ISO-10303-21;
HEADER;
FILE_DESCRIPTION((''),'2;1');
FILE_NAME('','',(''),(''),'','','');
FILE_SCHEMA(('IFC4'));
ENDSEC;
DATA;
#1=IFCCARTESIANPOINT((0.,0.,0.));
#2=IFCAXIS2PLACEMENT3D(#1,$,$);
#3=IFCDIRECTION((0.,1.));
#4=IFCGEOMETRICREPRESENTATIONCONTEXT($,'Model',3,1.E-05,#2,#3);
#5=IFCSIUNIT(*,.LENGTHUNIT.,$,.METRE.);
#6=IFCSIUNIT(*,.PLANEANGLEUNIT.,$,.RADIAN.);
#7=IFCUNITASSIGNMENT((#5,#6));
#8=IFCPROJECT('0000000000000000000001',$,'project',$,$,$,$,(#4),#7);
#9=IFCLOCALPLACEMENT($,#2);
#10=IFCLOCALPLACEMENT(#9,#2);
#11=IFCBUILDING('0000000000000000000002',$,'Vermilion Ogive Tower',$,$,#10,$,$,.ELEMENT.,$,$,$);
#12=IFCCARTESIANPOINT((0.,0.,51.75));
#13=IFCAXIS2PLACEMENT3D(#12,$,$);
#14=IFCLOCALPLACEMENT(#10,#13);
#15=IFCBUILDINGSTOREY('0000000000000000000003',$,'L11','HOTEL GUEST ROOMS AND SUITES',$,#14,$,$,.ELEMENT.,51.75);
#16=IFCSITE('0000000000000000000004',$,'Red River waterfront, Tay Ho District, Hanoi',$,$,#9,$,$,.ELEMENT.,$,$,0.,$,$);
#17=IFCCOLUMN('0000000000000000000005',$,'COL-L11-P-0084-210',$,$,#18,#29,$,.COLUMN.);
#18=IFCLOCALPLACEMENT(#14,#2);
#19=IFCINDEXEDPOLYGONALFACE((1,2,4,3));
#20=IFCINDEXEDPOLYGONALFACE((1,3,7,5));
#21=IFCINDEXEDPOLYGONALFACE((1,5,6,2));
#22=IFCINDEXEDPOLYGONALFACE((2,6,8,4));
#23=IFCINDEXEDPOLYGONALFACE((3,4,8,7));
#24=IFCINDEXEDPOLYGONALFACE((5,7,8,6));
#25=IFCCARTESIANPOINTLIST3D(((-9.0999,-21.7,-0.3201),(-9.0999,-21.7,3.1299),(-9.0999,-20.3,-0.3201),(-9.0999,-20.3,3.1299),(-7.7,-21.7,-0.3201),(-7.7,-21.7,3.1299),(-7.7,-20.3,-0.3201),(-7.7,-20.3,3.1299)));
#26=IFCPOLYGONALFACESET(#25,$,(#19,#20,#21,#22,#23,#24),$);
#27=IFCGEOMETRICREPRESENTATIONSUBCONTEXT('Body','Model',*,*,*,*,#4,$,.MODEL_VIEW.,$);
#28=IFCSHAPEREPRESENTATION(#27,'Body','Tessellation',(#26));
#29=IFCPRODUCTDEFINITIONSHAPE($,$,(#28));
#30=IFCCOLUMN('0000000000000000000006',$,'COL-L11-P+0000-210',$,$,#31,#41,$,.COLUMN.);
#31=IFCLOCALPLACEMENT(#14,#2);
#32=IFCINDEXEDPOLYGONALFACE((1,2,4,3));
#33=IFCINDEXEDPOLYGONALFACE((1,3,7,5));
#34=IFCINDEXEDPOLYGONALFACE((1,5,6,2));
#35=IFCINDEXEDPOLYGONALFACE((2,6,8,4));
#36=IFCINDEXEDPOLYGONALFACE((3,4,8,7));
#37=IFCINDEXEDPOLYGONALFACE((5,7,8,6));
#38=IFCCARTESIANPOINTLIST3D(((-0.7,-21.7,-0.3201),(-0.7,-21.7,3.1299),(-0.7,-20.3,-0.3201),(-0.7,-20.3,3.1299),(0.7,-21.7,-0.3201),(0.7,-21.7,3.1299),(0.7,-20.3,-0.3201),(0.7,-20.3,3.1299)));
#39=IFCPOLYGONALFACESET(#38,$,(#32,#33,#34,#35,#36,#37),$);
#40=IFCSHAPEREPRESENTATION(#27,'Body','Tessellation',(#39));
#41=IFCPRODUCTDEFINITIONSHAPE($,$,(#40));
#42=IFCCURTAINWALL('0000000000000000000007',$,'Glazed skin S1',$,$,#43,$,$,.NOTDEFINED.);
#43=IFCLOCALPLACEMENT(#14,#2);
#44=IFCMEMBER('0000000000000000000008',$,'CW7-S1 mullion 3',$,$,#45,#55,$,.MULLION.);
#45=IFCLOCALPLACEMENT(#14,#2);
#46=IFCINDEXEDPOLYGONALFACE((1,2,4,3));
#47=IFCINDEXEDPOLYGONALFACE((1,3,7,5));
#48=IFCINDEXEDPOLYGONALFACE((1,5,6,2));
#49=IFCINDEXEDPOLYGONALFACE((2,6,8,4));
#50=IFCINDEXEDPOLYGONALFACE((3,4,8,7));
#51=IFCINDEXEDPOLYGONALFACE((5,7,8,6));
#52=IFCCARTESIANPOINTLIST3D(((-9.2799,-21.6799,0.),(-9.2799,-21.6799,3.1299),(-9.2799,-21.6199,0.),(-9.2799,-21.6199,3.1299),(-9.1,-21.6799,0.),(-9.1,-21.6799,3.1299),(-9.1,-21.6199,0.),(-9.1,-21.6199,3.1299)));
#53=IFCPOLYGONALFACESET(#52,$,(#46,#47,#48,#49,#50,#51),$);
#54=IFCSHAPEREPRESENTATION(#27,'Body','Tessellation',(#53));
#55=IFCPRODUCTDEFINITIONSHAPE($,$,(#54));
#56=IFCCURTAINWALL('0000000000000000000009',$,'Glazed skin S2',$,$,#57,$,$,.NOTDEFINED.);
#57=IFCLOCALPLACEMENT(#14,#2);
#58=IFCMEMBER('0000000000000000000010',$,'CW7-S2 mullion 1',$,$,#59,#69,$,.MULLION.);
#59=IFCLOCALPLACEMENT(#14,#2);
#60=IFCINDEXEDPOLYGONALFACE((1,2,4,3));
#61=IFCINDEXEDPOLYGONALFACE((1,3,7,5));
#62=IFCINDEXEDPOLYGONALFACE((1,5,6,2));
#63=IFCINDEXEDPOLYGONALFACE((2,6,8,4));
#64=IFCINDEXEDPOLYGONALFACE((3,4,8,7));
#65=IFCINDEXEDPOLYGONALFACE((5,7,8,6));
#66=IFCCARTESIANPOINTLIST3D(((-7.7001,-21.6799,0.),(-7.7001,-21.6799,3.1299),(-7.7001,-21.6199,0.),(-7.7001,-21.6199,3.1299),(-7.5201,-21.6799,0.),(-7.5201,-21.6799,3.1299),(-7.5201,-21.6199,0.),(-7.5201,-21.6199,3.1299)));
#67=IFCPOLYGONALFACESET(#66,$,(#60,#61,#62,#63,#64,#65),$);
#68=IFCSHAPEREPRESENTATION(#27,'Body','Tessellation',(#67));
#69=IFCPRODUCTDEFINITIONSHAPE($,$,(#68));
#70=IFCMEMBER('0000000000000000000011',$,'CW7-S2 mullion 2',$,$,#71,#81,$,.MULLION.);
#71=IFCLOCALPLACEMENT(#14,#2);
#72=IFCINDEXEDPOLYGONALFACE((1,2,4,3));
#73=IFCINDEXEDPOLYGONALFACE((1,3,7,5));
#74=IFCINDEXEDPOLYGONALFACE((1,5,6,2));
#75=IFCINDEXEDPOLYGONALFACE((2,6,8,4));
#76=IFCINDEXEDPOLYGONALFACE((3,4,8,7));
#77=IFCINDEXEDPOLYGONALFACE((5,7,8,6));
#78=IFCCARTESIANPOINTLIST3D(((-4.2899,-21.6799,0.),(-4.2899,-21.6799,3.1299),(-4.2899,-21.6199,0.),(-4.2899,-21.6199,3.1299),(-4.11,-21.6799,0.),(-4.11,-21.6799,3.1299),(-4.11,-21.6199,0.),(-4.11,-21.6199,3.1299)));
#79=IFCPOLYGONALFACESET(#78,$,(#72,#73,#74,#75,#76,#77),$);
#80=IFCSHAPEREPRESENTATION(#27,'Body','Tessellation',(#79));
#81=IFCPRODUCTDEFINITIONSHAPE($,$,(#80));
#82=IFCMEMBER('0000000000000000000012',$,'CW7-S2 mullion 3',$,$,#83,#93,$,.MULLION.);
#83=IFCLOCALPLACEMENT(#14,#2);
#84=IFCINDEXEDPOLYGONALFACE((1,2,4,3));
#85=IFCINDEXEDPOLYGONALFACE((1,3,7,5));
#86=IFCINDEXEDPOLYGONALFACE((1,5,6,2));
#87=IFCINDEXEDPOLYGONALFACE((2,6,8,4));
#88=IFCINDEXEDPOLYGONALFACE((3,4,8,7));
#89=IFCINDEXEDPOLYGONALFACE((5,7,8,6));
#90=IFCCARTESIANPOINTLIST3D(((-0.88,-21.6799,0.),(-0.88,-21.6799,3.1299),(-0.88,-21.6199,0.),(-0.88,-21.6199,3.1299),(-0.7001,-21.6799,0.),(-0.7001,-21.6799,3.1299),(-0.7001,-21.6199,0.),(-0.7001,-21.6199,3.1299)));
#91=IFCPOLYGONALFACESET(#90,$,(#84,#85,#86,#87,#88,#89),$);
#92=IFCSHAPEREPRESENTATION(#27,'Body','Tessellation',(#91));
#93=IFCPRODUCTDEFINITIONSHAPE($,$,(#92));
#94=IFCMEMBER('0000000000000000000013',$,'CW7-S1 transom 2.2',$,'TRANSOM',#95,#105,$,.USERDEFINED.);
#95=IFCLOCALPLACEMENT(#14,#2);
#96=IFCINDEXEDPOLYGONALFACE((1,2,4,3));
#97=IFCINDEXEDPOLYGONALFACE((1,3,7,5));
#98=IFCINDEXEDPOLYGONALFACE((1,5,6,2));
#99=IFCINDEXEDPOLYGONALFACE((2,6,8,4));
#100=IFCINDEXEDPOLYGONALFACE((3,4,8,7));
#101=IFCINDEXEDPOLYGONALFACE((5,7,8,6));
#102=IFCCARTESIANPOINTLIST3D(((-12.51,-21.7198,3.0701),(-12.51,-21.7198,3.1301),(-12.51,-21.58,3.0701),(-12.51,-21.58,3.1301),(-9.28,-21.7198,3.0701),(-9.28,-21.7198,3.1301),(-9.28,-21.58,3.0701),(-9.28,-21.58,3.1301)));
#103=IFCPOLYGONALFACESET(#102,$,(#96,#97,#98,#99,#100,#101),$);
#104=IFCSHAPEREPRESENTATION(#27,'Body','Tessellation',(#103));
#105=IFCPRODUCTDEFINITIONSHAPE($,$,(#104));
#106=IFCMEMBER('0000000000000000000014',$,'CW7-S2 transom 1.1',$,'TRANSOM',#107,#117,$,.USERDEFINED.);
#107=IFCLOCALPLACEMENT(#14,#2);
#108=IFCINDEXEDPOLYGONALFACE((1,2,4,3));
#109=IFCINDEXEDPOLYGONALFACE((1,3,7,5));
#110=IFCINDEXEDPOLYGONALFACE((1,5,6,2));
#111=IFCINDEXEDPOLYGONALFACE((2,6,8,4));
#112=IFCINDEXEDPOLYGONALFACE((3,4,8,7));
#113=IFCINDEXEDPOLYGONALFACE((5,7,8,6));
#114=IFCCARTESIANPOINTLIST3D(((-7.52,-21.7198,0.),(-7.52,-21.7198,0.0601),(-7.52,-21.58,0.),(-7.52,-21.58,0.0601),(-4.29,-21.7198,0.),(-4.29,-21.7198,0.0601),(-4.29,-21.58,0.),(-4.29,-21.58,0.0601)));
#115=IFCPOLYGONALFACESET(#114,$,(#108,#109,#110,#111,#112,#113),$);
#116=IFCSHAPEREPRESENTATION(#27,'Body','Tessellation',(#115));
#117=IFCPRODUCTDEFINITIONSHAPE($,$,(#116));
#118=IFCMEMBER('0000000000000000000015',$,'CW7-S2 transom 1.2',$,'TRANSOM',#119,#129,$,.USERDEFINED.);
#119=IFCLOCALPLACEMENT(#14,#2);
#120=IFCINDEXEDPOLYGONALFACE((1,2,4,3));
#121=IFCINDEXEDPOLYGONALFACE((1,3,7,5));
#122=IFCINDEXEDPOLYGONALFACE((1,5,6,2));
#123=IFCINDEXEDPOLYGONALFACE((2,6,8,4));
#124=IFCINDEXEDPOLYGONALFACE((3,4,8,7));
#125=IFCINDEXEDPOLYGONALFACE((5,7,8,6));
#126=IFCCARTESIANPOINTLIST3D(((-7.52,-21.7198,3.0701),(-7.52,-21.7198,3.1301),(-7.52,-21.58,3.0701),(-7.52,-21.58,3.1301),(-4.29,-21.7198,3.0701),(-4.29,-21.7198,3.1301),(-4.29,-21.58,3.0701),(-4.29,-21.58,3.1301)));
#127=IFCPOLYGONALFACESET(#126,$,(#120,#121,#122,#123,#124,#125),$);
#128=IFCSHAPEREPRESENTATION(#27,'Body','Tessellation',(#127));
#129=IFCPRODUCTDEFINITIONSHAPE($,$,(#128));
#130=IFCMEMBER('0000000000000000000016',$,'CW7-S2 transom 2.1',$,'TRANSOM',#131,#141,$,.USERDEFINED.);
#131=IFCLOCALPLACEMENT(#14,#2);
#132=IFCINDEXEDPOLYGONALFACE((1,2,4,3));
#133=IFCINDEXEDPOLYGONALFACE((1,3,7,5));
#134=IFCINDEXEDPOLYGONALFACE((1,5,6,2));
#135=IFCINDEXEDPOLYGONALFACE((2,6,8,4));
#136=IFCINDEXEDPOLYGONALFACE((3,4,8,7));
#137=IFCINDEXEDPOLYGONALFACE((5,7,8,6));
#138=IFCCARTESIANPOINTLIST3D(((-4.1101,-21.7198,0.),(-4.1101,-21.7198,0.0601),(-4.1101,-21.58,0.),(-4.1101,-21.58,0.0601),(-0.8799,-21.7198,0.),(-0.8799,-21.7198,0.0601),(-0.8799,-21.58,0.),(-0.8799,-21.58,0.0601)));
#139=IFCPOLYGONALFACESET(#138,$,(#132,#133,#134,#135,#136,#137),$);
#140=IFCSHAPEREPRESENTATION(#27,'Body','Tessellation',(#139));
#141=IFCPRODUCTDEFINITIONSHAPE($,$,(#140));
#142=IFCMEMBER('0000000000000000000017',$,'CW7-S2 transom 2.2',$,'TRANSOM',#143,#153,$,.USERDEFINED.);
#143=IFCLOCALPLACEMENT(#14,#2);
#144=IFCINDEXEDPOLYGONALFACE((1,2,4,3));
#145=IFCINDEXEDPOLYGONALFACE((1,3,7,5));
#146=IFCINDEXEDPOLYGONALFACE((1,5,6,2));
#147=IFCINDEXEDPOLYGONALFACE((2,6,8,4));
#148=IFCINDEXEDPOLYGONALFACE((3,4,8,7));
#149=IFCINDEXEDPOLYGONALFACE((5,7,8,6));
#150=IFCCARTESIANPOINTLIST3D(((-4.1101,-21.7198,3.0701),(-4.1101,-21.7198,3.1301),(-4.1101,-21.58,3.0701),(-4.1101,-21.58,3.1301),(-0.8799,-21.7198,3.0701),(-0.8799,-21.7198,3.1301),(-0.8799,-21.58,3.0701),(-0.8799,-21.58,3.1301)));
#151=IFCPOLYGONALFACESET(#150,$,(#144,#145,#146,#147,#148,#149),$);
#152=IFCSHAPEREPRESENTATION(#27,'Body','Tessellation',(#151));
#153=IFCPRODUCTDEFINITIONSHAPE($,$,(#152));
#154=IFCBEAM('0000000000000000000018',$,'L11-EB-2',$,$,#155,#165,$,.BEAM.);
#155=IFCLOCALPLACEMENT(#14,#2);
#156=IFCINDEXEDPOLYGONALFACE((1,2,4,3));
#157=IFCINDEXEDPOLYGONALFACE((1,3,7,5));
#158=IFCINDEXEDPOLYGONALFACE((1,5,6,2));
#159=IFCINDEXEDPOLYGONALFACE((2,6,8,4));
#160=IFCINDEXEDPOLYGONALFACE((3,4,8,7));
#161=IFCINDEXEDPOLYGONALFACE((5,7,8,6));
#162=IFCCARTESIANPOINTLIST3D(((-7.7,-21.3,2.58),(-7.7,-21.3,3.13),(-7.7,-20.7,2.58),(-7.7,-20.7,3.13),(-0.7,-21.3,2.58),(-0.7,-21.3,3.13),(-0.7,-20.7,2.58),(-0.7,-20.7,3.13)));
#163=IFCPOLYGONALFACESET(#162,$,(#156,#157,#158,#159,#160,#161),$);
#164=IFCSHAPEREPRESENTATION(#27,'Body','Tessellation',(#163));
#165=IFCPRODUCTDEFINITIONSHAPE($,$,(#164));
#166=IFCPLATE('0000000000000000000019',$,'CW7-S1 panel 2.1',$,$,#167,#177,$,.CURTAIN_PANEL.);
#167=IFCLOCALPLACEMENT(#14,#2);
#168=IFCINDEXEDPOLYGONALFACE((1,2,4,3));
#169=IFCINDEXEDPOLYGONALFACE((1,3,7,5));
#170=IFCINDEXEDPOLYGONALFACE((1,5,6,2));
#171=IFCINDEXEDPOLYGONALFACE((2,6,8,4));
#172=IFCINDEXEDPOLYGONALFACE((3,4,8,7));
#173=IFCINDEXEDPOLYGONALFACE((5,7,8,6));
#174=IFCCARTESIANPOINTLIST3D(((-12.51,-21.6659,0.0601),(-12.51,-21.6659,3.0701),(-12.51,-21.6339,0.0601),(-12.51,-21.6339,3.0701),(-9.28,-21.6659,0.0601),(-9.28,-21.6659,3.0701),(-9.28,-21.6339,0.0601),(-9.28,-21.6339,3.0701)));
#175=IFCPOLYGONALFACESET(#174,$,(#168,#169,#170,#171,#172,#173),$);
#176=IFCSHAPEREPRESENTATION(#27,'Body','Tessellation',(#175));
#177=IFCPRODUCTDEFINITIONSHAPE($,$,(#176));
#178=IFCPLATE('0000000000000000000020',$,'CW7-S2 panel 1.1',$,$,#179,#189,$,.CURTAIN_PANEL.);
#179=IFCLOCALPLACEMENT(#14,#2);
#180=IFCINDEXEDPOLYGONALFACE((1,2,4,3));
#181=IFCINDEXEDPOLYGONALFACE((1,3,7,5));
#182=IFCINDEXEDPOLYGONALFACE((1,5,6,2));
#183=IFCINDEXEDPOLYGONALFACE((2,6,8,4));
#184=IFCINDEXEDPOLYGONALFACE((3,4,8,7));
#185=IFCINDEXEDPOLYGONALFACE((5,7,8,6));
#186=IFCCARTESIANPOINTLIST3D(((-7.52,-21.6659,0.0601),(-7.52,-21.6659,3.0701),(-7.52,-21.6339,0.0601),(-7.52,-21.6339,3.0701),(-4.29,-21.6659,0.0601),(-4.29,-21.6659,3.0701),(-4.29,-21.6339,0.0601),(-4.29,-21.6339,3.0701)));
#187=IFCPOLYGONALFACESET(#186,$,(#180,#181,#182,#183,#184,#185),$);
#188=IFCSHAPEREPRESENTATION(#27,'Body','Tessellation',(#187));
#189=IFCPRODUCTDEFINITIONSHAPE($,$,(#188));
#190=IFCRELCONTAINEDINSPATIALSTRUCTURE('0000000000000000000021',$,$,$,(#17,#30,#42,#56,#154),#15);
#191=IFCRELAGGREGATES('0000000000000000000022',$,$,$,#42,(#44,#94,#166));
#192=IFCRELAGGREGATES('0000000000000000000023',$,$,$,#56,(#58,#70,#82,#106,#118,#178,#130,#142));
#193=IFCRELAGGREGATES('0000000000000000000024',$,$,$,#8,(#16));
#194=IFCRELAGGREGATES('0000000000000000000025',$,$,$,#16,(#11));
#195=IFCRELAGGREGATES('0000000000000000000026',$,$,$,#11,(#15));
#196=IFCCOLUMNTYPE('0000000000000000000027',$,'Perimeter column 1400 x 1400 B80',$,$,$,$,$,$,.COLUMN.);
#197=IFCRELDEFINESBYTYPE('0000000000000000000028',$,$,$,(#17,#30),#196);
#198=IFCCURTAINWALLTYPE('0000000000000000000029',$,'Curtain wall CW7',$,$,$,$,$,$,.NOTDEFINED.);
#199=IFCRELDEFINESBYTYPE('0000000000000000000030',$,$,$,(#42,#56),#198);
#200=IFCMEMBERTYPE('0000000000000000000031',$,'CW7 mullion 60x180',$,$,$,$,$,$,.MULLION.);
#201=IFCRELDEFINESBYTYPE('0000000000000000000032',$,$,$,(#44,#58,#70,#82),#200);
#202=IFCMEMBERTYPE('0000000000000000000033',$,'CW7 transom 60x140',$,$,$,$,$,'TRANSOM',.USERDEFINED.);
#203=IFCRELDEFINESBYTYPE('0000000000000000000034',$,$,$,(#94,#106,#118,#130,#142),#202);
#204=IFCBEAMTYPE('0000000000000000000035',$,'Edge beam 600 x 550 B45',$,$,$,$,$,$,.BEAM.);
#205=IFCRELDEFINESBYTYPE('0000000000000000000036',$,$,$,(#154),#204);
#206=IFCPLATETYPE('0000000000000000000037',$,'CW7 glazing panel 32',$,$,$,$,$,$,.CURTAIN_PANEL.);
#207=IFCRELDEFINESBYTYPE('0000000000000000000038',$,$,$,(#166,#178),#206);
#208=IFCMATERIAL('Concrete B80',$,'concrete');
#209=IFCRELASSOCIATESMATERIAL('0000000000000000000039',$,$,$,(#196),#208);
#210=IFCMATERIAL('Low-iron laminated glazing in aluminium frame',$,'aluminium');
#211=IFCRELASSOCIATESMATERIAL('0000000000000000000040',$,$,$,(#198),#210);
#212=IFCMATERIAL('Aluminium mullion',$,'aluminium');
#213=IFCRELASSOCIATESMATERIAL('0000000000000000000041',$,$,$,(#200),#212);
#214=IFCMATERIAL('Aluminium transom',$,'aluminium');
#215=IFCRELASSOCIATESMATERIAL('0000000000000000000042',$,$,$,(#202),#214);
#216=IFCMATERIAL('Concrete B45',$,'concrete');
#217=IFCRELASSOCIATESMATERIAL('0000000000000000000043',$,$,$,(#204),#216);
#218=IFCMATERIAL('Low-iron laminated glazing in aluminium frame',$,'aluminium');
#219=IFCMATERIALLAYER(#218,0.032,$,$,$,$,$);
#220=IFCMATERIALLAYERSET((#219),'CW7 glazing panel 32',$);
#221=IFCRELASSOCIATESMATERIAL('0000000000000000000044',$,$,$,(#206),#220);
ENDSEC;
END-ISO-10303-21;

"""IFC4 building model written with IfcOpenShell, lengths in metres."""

from ifc_helpers import new_model, si_unit, direction, frame, origin, origin_2d, place, context, subcontext, project, spatial, rectangle, extrude, material, layer, layer_set, material_profile, profile_set, type_object, element, aggregate, save


model = new_model("IFC4")

# Units and contexts
model_context = context("Model", 3, precision=1e-05, world=origin(), true_north=direction((0.0, 1.0)))
body_context = subcontext(model_context, "Body", "Model", "MODEL_VIEW")
ifc_project = project(units=[si_unit("LENGTHUNIT", "METRE"), si_unit("PLANEANGLEUNIT", "RADIAN")], contexts=[model_context])

# Site, building, storey
site_placement = place(None, origin())
site = spatial("IfcSite", under=ifc_project, at=site_placement, Name="Red River waterfront, Tay Ho District, Hanoi", CompositionType="ELEMENT", RefElevation=0.0)
building_placement = place(site_placement, origin())
building = spatial("IfcBuilding", under=site, at=building_placement, Name="Vermilion Ogive Tower", CompositionType="ELEMENT")
storey_placement = place(building_placement, frame((0.0, 0.0, 51.75)))
storey = spatial("IfcBuildingStorey", under=building, at=storey_placement, Name="L11", Description="HOTEL GUEST ROOMS AND SUITES", CompositionType="ELEMENT", Elevation=51.75)

# Columns
ifc_material_1 = material(Name="Concrete B80", Category="concrete")
ifc_material_profile_1 = material_profile(ifc_material_1, rectangle(XDim=1.3999, YDim=1.3999, at=origin_2d()), Name="1400 x 1400")
ifc_profile_set_1 = profile_set([ifc_material_profile_1], Name="Concrete B80")
column_type = type_object("IfcColumnType", Name="Perimeter column 1400 x 1400 B80", PredefinedType="COLUMN", material=ifc_profile_set_1)
for number, where, z_axis, x_axis, name in (
    (1, (-8.3999, -21.0, -0.3201), (0.0, 0.0, 1.0), (1.0, 0.0, 0.0), "COL-L11-P-0084-210"),
    (2, (0.0, -21.0, -0.3201), (0.0, 0.0, 1.0), (1.0, 0.0, 0.0), "COL-L11-P+0000-210"),
):
    element("IfcColumn", number, at=place(storey_placement, frame(where, z_axis=z_axis, x_axis=x_axis)), inside=storey, type_object=column_type, Name=name, PredefinedType="COLUMN", context=body_context, shape_type="SweptSolid", body=[
        extrude(rectangle(XDim=1.3999, YDim=1.3999, at=origin_2d()), origin(), (0.0, 0.0, 1.0), 3.45),
    ])

# Curtain wall, member
ifc_material_2 = material(Name="Low-iron laminated glazing in aluminium frame", Category="aluminium")
curtain_wall_type = type_object("IfcCurtainWallType", Name="Curtain wall CW7", PredefinedType="NOTDEFINED", material=ifc_material_2)
curtain_wall_1_placement = place(storey_placement, origin())
curtain_wall_1 = element("IfcCurtainWall", 3, at=curtain_wall_1_placement, inside=storey, type_object=curtain_wall_type, Name="Glazed skin S1", PredefinedType="NOTDEFINED")
ifc_material_3 = material(Name="Aluminium mullion", Category="aluminium")
ifc_material_profile_2 = material_profile(ifc_material_3, rectangle(XDim=0.0601, YDim=0.1799, at=origin_2d()), Name="AL 60x180")
ifc_profile_set_2 = profile_set([ifc_material_profile_2], Name="Aluminium mullion")
member_type_1 = type_object("IfcMemberType", Name="CW7 mullion 60x180", PredefinedType="MULLION", material=ifc_profile_set_2)
member_1_placement = place(storey_placement, frame((-9.1899, -21.6499, 0.0), z_axis=(0.0, 0.0, 1.0), x_axis=(0.0, 1.0, 0.0)))
member_1 = element("IfcMember", 4, at=member_1_placement, type_object=member_type_1, Name="CW7-S1 mullion 3", PredefinedType="MULLION", context=body_context, shape_type="SweptSolid", body=[
    extrude(rectangle(XDim=0.0601, YDim=0.1799, at=origin_2d()), origin(), (0.0, 0.0, 1.0), 3.1299),
])

# Curtain wall, members
curtain_wall_2_placement = place(storey_placement, origin())
curtain_wall_2 = element("IfcCurtainWall", 5, at=curtain_wall_2_placement, inside=storey, type_object=curtain_wall_type, Name="Glazed skin S2", PredefinedType="NOTDEFINED")
member_2_placement = place(storey_placement, frame((-7.6101, -21.6499, 0.0), z_axis=(0.0, 0.0, 1.0), x_axis=(0.0, 1.0, 0.0)))
member_2 = element("IfcMember", 6, at=member_2_placement, type_object=member_type_1, Name="CW7-S2 mullion 1", PredefinedType="MULLION", context=body_context, shape_type="SweptSolid", body=[
    extrude(rectangle(XDim=0.0601, YDim=0.1799, at=origin_2d()), origin(), (0.0, 0.0, 1.0), 3.1299),
])
member_3_placement = place(storey_placement, frame((-4.2, -21.6499, 0.0), z_axis=(0.0, 0.0, 1.0), x_axis=(0.0, 1.0, 0.0)))
member_3 = element("IfcMember", 7, at=member_3_placement, type_object=member_type_1, Name="CW7-S2 mullion 2", PredefinedType="MULLION", context=body_context, shape_type="SweptSolid", body=[
    extrude(rectangle(XDim=0.0601, YDim=0.1799, at=origin_2d()), origin(), (0.0, 0.0, 1.0), 3.1299),
])
member_4_placement = place(storey_placement, frame((-0.79, -21.6499, 0.0), z_axis=(0.0, 0.0, 1.0), x_axis=(0.0, 1.0, 0.0)))
member_4 = element("IfcMember", 8, at=member_4_placement, type_object=member_type_1, Name="CW7-S2 mullion 3", PredefinedType="MULLION", context=body_context, shape_type="SweptSolid", body=[
    extrude(rectangle(XDim=0.0601, YDim=0.1799, at=origin_2d()), origin(), (0.0, 0.0, 1.0), 3.1299),
])

# Members
ifc_material_4 = material(Name="Aluminium transom", Category="aluminium")
ifc_material_profile_3 = material_profile(ifc_material_4, rectangle(XDim=0.1399, YDim=0.0601, at=origin_2d()), Name="AL 60x140")
ifc_profile_set_3 = profile_set([ifc_material_profile_3], Name="Aluminium transom")
member_type_2 = type_object("IfcMemberType", Name="CW7 transom 60x140", ElementType="TRANSOM", PredefinedType="USERDEFINED", material=ifc_profile_set_3)
member_5_placement = place(storey_placement, frame((-12.51, -21.6499, 3.1001), z_axis=(1.0, 0.0, 0.0), x_axis=(0.0, 1.0, 0.0)))
member_5 = element("IfcMember", 9, at=member_5_placement, type_object=member_type_2, Name="CW7-S1 transom 2.2", ObjectType="TRANSOM", PredefinedType="USERDEFINED", context=body_context, shape_type="SweptSolid", body=[
    extrude(rectangle(XDim=0.1399, YDim=0.0601, at=origin_2d()), origin(), (0.0, 0.0, 1.0), 3.23),
])
member_6_placement = place(storey_placement, frame((-7.52, -21.6499, 0.03), z_axis=(1.0, 0.0, 0.0), x_axis=(0.0, 1.0, 0.0)))
member_6 = element("IfcMember", 10, at=member_6_placement, type_object=member_type_2, Name="CW7-S2 transom 1.1", ObjectType="TRANSOM", PredefinedType="USERDEFINED", context=body_context, shape_type="SweptSolid", body=[
    extrude(rectangle(XDim=0.1399, YDim=0.0601, at=origin_2d()), origin(), (0.0, 0.0, 1.0), 3.23),
])
member_7_placement = place(storey_placement, frame((-7.52, -21.6499, 3.1001), z_axis=(1.0, 0.0, 0.0), x_axis=(0.0, 1.0, 0.0)))
member_7 = element("IfcMember", 11, at=member_7_placement, type_object=member_type_2, Name="CW7-S2 transom 1.2", ObjectType="TRANSOM", PredefinedType="USERDEFINED", context=body_context, shape_type="SweptSolid", body=[
    extrude(rectangle(XDim=0.1399, YDim=0.0601, at=origin_2d()), origin(), (0.0, 0.0, 1.0), 3.23),
])
member_8_placement = place(storey_placement, frame((-4.1101, -21.6499, 0.03), z_axis=(1.0, 0.0, 0.0), x_axis=(0.0, 1.0, 0.0)))
member_8 = element("IfcMember", 12, at=member_8_placement, type_object=member_type_2, Name="CW7-S2 transom 2.1", ObjectType="TRANSOM", PredefinedType="USERDEFINED", context=body_context, shape_type="SweptSolid", body=[
    extrude(rectangle(XDim=0.1399, YDim=0.0601, at=origin_2d()), origin(), (0.0, 0.0, 1.0), 3.2302),
])
member_9_placement = place(storey_placement, frame((-4.1101, -21.6499, 3.1001), z_axis=(1.0, 0.0, 0.0), x_axis=(0.0, 1.0, 0.0)))
member_9 = element("IfcMember", 13, at=member_9_placement, type_object=member_type_2, Name="CW7-S2 transom 2.2", ObjectType="TRANSOM", PredefinedType="USERDEFINED", context=body_context, shape_type="SweptSolid", body=[
    extrude(rectangle(XDim=0.1399, YDim=0.0601, at=origin_2d()), origin(), (0.0, 0.0, 1.0), 3.2302),
])

# Beam
ifc_material_5 = material(Name="Concrete B45", Category="concrete")
ifc_material_profile_4 = material_profile(ifc_material_5, rectangle(XDim=0.6001, YDim=0.55, at=origin_2d()), Name="600 x 550")
ifc_profile_set_4 = profile_set([ifc_material_profile_4], Name="Concrete B45")
beam_type = type_object("IfcBeamType", Name="Edge beam 600 x 550 B45", PredefinedType="BEAM", material=ifc_profile_set_4)
beam_placement = place(storey_placement, frame((-7.7, -21.0, 2.855), z_axis=(1.0, 0.0, 0.0), x_axis=(0.0, 1.0, 0.0)))
element("IfcBeam", 14, at=beam_placement, inside=storey, type_object=beam_type, Name="L11-EB-2", PredefinedType="BEAM", context=body_context, shape_type="SweptSolid", body=[
    extrude(rectangle(XDim=0.6001, YDim=0.55, at=origin_2d()), origin(), (0.0, 0.0, 1.0), 7.0),
])

# Plates
ifc_material_6 = material(Name="Low-iron laminated glazing in aluminium frame", Category="aluminium")
ifc_layer_1 = layer(ifc_material_6, 0.032)
ifc_layer_set_1 = layer_set([ifc_layer_1], Name="CW7 glazing panel 32")
plate_type = type_object("IfcPlateType", Name="CW7 glazing panel 32", PredefinedType="CURTAIN_PANEL", material=ifc_layer_set_1)
plate_1_placement = place(storey_placement, frame((-10.895, -21.6499, 0.0601), z_axis=(0.0, 0.0, 1.0), x_axis=(1.0, 0.0, 0.0)))
plate_1 = element("IfcPlate", 15, at=plate_1_placement, type_object=plate_type, Name="CW7-S1 panel 2.1", PredefinedType="CURTAIN_PANEL", context=body_context, shape_type="SweptSolid", body=[
    extrude(rectangle(XDim=3.23, YDim=0.032, at=origin_2d()), origin(), (0.0, 0.0, 1.0), 3.01),
])
aggregate(curtain_wall_1, [member_1, member_5, plate_1])
plate_2_placement = place(storey_placement, frame((-5.905, -21.6499, 0.0601), z_axis=(0.0, 0.0, 1.0), x_axis=(1.0, 0.0, 0.0)))
plate_2 = element("IfcPlate", 16, at=plate_2_placement, type_object=plate_type, Name="CW7-S2 panel 1.1", PredefinedType="CURTAIN_PANEL", context=body_context, shape_type="SweptSolid", body=[
    extrude(rectangle(XDim=3.23, YDim=0.032, at=origin_2d()), origin(), (0.0, 0.0, 1.0), 3.01),
])
aggregate(curtain_wall_2, [member_2, member_3, member_4, member_6, member_7, plate_2, member_8, member_9])

save(model, "model.ifc")
